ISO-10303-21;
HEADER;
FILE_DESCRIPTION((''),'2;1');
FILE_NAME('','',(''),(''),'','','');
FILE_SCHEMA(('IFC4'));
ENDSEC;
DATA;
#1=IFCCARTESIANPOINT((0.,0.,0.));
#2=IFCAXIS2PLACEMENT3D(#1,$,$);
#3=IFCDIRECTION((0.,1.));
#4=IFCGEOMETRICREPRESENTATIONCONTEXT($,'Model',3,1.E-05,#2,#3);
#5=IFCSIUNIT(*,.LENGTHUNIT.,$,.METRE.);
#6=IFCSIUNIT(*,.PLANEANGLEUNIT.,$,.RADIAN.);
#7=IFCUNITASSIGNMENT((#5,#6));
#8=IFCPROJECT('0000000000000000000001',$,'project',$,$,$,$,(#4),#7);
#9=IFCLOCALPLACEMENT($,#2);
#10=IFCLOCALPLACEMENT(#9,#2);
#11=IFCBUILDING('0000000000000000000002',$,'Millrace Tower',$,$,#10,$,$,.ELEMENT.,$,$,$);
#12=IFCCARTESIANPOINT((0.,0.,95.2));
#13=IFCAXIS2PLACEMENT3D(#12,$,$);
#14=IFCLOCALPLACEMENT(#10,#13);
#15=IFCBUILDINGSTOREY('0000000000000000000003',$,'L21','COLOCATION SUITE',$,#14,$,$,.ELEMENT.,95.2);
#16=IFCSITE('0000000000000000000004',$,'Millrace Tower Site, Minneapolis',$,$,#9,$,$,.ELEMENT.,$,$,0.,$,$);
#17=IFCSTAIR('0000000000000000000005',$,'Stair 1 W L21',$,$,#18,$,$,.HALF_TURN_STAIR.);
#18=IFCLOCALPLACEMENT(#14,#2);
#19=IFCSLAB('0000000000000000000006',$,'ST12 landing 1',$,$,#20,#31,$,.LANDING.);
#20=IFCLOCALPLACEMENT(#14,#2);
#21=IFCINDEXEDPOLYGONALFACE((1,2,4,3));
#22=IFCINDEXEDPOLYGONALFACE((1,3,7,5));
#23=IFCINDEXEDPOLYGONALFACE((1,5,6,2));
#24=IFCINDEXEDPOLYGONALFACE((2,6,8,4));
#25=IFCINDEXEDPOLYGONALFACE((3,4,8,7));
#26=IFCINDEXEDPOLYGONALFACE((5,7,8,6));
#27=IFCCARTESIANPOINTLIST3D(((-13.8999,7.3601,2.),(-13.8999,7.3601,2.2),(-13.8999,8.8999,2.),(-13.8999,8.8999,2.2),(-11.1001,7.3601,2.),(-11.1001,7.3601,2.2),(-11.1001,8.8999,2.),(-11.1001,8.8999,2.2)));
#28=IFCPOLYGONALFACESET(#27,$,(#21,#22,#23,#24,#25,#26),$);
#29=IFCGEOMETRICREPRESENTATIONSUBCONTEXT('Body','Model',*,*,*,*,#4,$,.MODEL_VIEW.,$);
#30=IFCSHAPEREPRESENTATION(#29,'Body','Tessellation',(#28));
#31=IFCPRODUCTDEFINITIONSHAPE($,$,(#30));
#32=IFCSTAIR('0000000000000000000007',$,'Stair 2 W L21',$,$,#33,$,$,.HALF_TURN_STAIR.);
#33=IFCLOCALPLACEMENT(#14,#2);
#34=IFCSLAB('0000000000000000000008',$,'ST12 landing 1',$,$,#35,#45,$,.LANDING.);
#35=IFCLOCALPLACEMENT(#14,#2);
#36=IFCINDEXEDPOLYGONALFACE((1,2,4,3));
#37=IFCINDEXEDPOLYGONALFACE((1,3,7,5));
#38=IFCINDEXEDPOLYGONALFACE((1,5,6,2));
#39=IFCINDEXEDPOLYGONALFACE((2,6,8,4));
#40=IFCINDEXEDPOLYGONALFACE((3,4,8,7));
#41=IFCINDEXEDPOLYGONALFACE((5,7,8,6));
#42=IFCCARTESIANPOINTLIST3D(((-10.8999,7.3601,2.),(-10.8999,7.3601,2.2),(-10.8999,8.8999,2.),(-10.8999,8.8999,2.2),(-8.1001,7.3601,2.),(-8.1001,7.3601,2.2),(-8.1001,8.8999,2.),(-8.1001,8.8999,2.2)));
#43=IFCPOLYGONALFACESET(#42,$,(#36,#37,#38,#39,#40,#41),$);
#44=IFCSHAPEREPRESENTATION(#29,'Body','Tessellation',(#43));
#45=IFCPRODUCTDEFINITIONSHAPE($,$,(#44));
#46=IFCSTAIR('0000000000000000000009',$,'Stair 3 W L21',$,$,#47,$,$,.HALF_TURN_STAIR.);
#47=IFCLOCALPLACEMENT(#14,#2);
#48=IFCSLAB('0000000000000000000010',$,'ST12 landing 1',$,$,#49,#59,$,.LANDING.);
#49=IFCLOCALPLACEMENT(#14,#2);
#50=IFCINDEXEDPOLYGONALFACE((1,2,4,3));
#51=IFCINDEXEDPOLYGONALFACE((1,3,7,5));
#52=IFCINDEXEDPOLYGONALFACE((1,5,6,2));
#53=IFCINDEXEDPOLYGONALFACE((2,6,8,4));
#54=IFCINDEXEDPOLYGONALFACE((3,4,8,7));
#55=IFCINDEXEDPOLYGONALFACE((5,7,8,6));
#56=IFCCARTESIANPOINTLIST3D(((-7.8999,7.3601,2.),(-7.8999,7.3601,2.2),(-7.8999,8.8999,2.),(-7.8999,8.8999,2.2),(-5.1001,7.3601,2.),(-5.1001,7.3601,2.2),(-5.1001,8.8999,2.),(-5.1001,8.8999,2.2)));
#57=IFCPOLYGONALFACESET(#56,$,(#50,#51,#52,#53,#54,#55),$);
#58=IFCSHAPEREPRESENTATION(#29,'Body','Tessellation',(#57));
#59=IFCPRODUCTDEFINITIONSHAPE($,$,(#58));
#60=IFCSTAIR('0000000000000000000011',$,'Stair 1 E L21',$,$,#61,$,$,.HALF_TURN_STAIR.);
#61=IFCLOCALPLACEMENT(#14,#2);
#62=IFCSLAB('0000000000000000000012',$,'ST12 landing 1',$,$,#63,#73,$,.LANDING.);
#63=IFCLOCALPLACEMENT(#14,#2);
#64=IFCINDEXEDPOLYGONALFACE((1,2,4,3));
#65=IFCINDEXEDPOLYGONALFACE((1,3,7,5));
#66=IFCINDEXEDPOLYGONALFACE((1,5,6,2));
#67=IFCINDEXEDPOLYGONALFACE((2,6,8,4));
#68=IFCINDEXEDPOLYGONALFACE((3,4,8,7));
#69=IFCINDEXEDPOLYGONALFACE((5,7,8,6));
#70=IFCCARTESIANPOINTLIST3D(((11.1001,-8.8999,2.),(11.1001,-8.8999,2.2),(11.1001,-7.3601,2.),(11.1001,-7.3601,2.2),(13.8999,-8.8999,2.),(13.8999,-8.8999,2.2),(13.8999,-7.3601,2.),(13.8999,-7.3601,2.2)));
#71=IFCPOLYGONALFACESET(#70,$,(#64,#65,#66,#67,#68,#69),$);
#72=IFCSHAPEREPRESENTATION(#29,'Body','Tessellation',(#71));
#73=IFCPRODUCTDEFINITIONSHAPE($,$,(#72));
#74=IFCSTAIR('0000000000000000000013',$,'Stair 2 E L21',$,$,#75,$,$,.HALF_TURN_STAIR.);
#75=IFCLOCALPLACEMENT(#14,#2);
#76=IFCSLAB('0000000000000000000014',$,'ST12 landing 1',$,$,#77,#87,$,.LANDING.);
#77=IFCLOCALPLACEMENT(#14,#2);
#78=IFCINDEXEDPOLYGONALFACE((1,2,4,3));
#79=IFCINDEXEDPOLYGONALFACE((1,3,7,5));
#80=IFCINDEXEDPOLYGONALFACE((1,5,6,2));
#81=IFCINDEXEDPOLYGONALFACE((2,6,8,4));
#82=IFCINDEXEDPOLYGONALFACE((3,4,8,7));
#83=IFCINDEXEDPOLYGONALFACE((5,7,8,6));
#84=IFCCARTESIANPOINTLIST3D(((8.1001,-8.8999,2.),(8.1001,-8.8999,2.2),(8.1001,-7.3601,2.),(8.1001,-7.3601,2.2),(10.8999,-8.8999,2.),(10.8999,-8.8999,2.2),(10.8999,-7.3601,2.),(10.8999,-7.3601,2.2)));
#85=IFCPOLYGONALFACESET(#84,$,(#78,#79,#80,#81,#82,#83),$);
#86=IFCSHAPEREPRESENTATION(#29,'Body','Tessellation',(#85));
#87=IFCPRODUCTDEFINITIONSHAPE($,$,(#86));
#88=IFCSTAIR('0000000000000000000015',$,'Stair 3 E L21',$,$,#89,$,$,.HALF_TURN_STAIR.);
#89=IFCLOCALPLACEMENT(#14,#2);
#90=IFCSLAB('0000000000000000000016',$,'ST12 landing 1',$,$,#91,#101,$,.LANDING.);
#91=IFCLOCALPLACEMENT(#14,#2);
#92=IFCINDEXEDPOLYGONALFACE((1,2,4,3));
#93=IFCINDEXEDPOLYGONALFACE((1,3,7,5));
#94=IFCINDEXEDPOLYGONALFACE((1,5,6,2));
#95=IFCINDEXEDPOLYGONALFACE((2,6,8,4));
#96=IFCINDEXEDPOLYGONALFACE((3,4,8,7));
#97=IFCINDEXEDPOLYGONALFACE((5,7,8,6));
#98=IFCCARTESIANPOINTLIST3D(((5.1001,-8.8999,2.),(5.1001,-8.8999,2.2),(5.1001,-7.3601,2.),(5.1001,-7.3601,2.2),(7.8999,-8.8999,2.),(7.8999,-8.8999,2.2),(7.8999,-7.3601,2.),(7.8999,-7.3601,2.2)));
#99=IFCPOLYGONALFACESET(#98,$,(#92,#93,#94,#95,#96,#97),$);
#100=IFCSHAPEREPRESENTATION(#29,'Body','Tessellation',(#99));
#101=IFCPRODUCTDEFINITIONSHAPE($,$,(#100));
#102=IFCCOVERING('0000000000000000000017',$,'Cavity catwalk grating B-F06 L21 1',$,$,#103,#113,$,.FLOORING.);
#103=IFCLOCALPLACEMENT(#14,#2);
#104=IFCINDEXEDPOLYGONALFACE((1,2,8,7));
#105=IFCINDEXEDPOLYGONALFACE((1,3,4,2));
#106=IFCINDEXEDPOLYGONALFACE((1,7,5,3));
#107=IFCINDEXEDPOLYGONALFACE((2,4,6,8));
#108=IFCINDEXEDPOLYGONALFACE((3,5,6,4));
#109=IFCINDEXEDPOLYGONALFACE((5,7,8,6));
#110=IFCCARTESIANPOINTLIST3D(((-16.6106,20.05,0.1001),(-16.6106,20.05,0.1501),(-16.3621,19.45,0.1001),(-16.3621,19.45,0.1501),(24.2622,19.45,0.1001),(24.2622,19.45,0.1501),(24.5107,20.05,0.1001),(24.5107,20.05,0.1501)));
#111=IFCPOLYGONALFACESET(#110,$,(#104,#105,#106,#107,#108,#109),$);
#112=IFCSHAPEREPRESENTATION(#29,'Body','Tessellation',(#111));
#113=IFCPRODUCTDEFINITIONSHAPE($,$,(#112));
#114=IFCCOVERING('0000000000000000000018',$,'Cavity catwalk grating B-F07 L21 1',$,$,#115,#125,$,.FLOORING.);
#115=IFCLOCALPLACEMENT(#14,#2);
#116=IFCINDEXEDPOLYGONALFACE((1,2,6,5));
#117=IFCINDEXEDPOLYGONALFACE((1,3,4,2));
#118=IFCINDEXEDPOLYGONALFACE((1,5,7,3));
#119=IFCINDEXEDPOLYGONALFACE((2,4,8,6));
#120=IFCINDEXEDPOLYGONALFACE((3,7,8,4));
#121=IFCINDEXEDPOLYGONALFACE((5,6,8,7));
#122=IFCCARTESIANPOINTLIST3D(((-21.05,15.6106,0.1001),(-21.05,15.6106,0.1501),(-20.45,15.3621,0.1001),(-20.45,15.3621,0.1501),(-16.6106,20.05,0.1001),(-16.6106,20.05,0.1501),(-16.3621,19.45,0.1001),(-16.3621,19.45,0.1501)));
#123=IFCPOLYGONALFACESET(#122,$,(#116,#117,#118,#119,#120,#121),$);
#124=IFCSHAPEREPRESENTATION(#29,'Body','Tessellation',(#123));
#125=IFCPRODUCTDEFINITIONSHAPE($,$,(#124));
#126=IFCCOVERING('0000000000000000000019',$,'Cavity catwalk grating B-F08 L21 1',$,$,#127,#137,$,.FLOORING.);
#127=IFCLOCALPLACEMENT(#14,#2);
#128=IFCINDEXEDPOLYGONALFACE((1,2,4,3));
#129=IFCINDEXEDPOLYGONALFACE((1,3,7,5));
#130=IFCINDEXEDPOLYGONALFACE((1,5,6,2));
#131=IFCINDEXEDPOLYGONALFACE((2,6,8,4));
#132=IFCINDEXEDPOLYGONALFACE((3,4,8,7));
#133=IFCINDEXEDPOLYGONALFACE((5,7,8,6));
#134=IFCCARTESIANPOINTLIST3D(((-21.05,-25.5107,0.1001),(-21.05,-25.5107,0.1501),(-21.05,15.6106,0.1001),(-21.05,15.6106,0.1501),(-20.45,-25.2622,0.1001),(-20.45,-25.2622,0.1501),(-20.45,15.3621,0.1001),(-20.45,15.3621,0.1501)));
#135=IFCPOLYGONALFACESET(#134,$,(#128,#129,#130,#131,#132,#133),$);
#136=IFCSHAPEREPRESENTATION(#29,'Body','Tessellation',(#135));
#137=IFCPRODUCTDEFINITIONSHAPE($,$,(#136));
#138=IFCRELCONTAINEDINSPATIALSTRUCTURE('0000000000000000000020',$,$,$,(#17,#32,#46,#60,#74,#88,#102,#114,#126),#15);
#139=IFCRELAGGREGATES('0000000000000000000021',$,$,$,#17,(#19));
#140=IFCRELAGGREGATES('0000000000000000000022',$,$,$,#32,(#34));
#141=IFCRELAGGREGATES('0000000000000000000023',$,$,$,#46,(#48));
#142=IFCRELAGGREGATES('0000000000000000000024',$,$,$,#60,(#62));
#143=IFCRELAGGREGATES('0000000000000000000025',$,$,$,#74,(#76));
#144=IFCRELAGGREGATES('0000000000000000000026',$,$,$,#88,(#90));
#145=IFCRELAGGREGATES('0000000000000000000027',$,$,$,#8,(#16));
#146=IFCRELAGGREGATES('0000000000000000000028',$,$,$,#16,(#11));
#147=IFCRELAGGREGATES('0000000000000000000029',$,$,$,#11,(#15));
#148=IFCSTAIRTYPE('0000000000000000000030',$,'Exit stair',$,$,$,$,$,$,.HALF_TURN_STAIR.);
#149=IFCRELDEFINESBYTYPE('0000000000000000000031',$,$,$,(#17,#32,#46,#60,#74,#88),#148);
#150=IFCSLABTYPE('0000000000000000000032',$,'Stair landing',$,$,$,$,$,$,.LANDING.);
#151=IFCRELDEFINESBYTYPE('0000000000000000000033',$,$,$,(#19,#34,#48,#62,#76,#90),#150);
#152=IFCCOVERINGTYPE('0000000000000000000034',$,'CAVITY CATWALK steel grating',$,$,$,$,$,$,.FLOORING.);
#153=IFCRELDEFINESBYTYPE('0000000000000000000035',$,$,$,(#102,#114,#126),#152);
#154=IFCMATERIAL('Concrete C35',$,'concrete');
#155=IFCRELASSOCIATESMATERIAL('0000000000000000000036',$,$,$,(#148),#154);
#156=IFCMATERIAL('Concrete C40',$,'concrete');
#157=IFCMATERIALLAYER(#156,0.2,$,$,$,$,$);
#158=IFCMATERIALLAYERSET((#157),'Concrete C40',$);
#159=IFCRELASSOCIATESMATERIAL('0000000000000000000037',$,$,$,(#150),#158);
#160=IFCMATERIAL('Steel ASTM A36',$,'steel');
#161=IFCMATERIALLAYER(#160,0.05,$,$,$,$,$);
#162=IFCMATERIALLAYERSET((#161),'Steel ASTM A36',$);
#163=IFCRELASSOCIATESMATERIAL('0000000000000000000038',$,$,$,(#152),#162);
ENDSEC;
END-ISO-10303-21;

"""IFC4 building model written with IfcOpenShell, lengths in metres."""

from ifc_helpers import new_model, si_unit, direction, frame, origin, place, context, subcontext, project, spatial, polyline, outline, extrude, material, layer, layer_set, type_object, element, aggregate, save


model = new_model("IFC4")

# Units and contexts
model_context = context("Model", 3, precision=1e-05, world=origin(), true_north=direction((0.0, 1.0)))
body_context = subcontext(model_context, "Body", "Model", "MODEL_VIEW")
ifc_project = project(units=[si_unit("LENGTHUNIT", "METRE"), si_unit("PLANEANGLEUNIT", "RADIAN")], contexts=[model_context])

# Site, building, storey
site_placement = place(None, origin())
site = spatial("IfcSite", under=ifc_project, at=site_placement, Name="Millrace Tower Site, Minneapolis", CompositionType="ELEMENT", RefElevation=0.0)
building_placement = place(site_placement, origin())
building = spatial("IfcBuilding", under=site, at=building_placement, Name="Millrace Tower", CompositionType="ELEMENT")
storey_placement = place(building_placement, frame((0.0, 0.0, 95.2)))
storey = spatial("IfcBuildingStorey", under=building, at=storey_placement, Name="L21", Description="COLOCATION SUITE", CompositionType="ELEMENT", Elevation=95.2)

# Shared definitions
placement_1 = place(storey_placement, origin())

# Stairs, slabs
ifc_material_1 = material(Name="Concrete C35", Category="concrete")
stair_type = type_object("IfcStairType", Name="Exit stair", PredefinedType="HALF_TURN_STAIR", material=ifc_material_1)
stair_1 = element("IfcStair", 1, at=placement_1, inside=storey, type_object=stair_type, Name="Stair 1 W L21", PredefinedType="HALF_TURN_STAIR")
ifc_material_2 = material(Name="Concrete C40", Category="concrete")
ifc_layer_1 = layer(ifc_material_2, 0.2)
ifc_layer_set_1 = layer_set([ifc_layer_1], Name="Concrete C40")
slab_type = type_object("IfcSlabType", Name="Stair landing", PredefinedType="LANDING", material=ifc_layer_set_1)
placement_2 = place(storey_placement, frame((0.0, 0.0, 2.0)))
slab_1 = element("IfcSlab", 2, at=placement_2, type_object=slab_type, Name="ST12 landing 1", PredefinedType="LANDING", context=body_context, shape_type="SweptSolid", body=[
    extrude(outline(polyline([(-13.8999, 7.3601), (-11.1001, 7.3601), (-11.1001, 8.8999), (-13.8999, 8.8999), (-13.8999, 7.3601)])), origin(), (0.0, 0.0, 1.0), 0.2),
])
aggregate(stair_1, [slab_1])
stair_2 = element("IfcStair", 3, at=placement_1, inside=storey, type_object=stair_type, Name="Stair 2 W L21", PredefinedType="HALF_TURN_STAIR")
slab_2 = element("IfcSlab", 4, at=placement_2, type_object=slab_type, Name="ST12 landing 1", PredefinedType="LANDING", context=body_context, shape_type="SweptSolid", body=[
    extrude(outline(polyline([(-10.8999, 7.3601), (-8.1001, 7.3601), (-8.1001, 8.8999), (-10.8999, 8.8999), (-10.8999, 7.3601)])), origin(), (0.0, 0.0, 1.0), 0.2),
])
aggregate(stair_2, [slab_2])
stair_3 = element("IfcStair", 5, at=placement_1, inside=storey, type_object=stair_type, Name="Stair 3 W L21", PredefinedType="HALF_TURN_STAIR")
slab_3 = element("IfcSlab", 6, at=placement_2, type_object=slab_type, Name="ST12 landing 1", PredefinedType="LANDING", context=body_context, shape_type="SweptSolid", body=[
    extrude(outline(polyline([(-7.8999, 7.3601), (-5.1001, 7.3601), (-5.1001, 8.8999), (-7.8999, 8.8999), (-7.8999, 7.3601)])), origin(), (0.0, 0.0, 1.0), 0.2),
])
aggregate(stair_3, [slab_3])
stair_4 = element("IfcStair", 7, at=placement_1, inside=storey, type_object=stair_type, Name="Stair 1 E L21", PredefinedType="HALF_TURN_STAIR")
slab_4 = element("IfcSlab", 8, at=placement_2, type_object=slab_type, Name="ST12 landing 1", PredefinedType="LANDING", context=body_context, shape_type="SweptSolid", body=[
    extrude(outline(polyline([(11.1001, -8.8999), (13.8999, -8.8999), (13.8999, -7.3601), (11.1001, -7.3601), (11.1001, -8.8999)])), origin(), (0.0, 0.0, 1.0), 0.2),
])
aggregate(stair_4, [slab_4])
stair_5 = element("IfcStair", 9, at=placement_1, inside=storey, type_object=stair_type, Name="Stair 2 E L21", PredefinedType="HALF_TURN_STAIR")
slab_5 = element("IfcSlab", 10, at=placement_2, type_object=slab_type, Name="ST12 landing 1", PredefinedType="LANDING", context=body_context, shape_type="SweptSolid", body=[
    extrude(outline(polyline([(8.1001, -8.8999), (10.8999, -8.8999), (10.8999, -7.3601), (8.1001, -7.3601), (8.1001, -8.8999)])), origin(), (0.0, 0.0, 1.0), 0.2),
])
aggregate(stair_5, [slab_5])
stair_6 = element("IfcStair", 11, at=placement_1, inside=storey, type_object=stair_type, Name="Stair 3 E L21", PredefinedType="HALF_TURN_STAIR")
slab_6 = element("IfcSlab", 12, at=placement_2, type_object=slab_type, Name="ST12 landing 1", PredefinedType="LANDING", context=body_context, shape_type="SweptSolid", body=[
    extrude(outline(polyline([(5.1001, -8.8999), (7.8999, -8.8999), (7.8999, -7.3601), (5.1001, -7.3601), (5.1001, -8.8999)])), origin(), (0.0, 0.0, 1.0), 0.2),
])
aggregate(stair_6, [slab_6])

# Coverings
ifc_material_3 = material(Name="Steel ASTM A36", Category="steel")
ifc_layer_2 = layer(ifc_material_3, 0.05)
ifc_layer_set_2 = layer_set([ifc_layer_2], Name="Steel ASTM A36")
covering_type = type_object("IfcCoveringType", Name="CAVITY CATWALK steel grating", PredefinedType="FLOORING", material=ifc_layer_set_2)
placement_3 = place(storey_placement, frame((0.0, 0.0, 0.1001)))
element("IfcCovering", 13, at=placement_3, inside=storey, type_object=covering_type, Name="Cavity catwalk grating B-F06 L21 1", PredefinedType="FLOORING", context=body_context, shape_type="SweptSolid", body=[
    extrude(outline(polyline([(24.5107, 20.05), (-16.6106, 20.05), (-16.3621, 19.45), (24.2622, 19.45), (24.5107, 20.05)])), origin(), (0.0, 0.0, 1.0), 0.05),
])
element("IfcCovering", 14, at=placement_3, inside=storey, type_object=covering_type, Name="Cavity catwalk grating B-F07 L21 1", PredefinedType="FLOORING", context=body_context, shape_type="SweptSolid", body=[
    extrude(outline(polyline([(-16.6106, 20.05), (-21.05, 15.6106), (-20.45, 15.3621), (-16.3621, 19.45), (-16.6106, 20.05)])), origin(), (0.0, 0.0, 1.0), 0.05),
])
element("IfcCovering", 15, at=placement_3, inside=storey, type_object=covering_type, Name="Cavity catwalk grating B-F08 L21 1", PredefinedType="FLOORING", context=body_context, shape_type="SweptSolid", body=[
    extrude(outline(polyline([(-21.05, 15.6106), (-21.05, -25.5107), (-20.45, -25.2622), (-20.45, 15.3621), (-21.05, 15.6106)])), origin(), (0.0, 0.0, 1.0), 0.05),
])

save(model, "model.ifc")
